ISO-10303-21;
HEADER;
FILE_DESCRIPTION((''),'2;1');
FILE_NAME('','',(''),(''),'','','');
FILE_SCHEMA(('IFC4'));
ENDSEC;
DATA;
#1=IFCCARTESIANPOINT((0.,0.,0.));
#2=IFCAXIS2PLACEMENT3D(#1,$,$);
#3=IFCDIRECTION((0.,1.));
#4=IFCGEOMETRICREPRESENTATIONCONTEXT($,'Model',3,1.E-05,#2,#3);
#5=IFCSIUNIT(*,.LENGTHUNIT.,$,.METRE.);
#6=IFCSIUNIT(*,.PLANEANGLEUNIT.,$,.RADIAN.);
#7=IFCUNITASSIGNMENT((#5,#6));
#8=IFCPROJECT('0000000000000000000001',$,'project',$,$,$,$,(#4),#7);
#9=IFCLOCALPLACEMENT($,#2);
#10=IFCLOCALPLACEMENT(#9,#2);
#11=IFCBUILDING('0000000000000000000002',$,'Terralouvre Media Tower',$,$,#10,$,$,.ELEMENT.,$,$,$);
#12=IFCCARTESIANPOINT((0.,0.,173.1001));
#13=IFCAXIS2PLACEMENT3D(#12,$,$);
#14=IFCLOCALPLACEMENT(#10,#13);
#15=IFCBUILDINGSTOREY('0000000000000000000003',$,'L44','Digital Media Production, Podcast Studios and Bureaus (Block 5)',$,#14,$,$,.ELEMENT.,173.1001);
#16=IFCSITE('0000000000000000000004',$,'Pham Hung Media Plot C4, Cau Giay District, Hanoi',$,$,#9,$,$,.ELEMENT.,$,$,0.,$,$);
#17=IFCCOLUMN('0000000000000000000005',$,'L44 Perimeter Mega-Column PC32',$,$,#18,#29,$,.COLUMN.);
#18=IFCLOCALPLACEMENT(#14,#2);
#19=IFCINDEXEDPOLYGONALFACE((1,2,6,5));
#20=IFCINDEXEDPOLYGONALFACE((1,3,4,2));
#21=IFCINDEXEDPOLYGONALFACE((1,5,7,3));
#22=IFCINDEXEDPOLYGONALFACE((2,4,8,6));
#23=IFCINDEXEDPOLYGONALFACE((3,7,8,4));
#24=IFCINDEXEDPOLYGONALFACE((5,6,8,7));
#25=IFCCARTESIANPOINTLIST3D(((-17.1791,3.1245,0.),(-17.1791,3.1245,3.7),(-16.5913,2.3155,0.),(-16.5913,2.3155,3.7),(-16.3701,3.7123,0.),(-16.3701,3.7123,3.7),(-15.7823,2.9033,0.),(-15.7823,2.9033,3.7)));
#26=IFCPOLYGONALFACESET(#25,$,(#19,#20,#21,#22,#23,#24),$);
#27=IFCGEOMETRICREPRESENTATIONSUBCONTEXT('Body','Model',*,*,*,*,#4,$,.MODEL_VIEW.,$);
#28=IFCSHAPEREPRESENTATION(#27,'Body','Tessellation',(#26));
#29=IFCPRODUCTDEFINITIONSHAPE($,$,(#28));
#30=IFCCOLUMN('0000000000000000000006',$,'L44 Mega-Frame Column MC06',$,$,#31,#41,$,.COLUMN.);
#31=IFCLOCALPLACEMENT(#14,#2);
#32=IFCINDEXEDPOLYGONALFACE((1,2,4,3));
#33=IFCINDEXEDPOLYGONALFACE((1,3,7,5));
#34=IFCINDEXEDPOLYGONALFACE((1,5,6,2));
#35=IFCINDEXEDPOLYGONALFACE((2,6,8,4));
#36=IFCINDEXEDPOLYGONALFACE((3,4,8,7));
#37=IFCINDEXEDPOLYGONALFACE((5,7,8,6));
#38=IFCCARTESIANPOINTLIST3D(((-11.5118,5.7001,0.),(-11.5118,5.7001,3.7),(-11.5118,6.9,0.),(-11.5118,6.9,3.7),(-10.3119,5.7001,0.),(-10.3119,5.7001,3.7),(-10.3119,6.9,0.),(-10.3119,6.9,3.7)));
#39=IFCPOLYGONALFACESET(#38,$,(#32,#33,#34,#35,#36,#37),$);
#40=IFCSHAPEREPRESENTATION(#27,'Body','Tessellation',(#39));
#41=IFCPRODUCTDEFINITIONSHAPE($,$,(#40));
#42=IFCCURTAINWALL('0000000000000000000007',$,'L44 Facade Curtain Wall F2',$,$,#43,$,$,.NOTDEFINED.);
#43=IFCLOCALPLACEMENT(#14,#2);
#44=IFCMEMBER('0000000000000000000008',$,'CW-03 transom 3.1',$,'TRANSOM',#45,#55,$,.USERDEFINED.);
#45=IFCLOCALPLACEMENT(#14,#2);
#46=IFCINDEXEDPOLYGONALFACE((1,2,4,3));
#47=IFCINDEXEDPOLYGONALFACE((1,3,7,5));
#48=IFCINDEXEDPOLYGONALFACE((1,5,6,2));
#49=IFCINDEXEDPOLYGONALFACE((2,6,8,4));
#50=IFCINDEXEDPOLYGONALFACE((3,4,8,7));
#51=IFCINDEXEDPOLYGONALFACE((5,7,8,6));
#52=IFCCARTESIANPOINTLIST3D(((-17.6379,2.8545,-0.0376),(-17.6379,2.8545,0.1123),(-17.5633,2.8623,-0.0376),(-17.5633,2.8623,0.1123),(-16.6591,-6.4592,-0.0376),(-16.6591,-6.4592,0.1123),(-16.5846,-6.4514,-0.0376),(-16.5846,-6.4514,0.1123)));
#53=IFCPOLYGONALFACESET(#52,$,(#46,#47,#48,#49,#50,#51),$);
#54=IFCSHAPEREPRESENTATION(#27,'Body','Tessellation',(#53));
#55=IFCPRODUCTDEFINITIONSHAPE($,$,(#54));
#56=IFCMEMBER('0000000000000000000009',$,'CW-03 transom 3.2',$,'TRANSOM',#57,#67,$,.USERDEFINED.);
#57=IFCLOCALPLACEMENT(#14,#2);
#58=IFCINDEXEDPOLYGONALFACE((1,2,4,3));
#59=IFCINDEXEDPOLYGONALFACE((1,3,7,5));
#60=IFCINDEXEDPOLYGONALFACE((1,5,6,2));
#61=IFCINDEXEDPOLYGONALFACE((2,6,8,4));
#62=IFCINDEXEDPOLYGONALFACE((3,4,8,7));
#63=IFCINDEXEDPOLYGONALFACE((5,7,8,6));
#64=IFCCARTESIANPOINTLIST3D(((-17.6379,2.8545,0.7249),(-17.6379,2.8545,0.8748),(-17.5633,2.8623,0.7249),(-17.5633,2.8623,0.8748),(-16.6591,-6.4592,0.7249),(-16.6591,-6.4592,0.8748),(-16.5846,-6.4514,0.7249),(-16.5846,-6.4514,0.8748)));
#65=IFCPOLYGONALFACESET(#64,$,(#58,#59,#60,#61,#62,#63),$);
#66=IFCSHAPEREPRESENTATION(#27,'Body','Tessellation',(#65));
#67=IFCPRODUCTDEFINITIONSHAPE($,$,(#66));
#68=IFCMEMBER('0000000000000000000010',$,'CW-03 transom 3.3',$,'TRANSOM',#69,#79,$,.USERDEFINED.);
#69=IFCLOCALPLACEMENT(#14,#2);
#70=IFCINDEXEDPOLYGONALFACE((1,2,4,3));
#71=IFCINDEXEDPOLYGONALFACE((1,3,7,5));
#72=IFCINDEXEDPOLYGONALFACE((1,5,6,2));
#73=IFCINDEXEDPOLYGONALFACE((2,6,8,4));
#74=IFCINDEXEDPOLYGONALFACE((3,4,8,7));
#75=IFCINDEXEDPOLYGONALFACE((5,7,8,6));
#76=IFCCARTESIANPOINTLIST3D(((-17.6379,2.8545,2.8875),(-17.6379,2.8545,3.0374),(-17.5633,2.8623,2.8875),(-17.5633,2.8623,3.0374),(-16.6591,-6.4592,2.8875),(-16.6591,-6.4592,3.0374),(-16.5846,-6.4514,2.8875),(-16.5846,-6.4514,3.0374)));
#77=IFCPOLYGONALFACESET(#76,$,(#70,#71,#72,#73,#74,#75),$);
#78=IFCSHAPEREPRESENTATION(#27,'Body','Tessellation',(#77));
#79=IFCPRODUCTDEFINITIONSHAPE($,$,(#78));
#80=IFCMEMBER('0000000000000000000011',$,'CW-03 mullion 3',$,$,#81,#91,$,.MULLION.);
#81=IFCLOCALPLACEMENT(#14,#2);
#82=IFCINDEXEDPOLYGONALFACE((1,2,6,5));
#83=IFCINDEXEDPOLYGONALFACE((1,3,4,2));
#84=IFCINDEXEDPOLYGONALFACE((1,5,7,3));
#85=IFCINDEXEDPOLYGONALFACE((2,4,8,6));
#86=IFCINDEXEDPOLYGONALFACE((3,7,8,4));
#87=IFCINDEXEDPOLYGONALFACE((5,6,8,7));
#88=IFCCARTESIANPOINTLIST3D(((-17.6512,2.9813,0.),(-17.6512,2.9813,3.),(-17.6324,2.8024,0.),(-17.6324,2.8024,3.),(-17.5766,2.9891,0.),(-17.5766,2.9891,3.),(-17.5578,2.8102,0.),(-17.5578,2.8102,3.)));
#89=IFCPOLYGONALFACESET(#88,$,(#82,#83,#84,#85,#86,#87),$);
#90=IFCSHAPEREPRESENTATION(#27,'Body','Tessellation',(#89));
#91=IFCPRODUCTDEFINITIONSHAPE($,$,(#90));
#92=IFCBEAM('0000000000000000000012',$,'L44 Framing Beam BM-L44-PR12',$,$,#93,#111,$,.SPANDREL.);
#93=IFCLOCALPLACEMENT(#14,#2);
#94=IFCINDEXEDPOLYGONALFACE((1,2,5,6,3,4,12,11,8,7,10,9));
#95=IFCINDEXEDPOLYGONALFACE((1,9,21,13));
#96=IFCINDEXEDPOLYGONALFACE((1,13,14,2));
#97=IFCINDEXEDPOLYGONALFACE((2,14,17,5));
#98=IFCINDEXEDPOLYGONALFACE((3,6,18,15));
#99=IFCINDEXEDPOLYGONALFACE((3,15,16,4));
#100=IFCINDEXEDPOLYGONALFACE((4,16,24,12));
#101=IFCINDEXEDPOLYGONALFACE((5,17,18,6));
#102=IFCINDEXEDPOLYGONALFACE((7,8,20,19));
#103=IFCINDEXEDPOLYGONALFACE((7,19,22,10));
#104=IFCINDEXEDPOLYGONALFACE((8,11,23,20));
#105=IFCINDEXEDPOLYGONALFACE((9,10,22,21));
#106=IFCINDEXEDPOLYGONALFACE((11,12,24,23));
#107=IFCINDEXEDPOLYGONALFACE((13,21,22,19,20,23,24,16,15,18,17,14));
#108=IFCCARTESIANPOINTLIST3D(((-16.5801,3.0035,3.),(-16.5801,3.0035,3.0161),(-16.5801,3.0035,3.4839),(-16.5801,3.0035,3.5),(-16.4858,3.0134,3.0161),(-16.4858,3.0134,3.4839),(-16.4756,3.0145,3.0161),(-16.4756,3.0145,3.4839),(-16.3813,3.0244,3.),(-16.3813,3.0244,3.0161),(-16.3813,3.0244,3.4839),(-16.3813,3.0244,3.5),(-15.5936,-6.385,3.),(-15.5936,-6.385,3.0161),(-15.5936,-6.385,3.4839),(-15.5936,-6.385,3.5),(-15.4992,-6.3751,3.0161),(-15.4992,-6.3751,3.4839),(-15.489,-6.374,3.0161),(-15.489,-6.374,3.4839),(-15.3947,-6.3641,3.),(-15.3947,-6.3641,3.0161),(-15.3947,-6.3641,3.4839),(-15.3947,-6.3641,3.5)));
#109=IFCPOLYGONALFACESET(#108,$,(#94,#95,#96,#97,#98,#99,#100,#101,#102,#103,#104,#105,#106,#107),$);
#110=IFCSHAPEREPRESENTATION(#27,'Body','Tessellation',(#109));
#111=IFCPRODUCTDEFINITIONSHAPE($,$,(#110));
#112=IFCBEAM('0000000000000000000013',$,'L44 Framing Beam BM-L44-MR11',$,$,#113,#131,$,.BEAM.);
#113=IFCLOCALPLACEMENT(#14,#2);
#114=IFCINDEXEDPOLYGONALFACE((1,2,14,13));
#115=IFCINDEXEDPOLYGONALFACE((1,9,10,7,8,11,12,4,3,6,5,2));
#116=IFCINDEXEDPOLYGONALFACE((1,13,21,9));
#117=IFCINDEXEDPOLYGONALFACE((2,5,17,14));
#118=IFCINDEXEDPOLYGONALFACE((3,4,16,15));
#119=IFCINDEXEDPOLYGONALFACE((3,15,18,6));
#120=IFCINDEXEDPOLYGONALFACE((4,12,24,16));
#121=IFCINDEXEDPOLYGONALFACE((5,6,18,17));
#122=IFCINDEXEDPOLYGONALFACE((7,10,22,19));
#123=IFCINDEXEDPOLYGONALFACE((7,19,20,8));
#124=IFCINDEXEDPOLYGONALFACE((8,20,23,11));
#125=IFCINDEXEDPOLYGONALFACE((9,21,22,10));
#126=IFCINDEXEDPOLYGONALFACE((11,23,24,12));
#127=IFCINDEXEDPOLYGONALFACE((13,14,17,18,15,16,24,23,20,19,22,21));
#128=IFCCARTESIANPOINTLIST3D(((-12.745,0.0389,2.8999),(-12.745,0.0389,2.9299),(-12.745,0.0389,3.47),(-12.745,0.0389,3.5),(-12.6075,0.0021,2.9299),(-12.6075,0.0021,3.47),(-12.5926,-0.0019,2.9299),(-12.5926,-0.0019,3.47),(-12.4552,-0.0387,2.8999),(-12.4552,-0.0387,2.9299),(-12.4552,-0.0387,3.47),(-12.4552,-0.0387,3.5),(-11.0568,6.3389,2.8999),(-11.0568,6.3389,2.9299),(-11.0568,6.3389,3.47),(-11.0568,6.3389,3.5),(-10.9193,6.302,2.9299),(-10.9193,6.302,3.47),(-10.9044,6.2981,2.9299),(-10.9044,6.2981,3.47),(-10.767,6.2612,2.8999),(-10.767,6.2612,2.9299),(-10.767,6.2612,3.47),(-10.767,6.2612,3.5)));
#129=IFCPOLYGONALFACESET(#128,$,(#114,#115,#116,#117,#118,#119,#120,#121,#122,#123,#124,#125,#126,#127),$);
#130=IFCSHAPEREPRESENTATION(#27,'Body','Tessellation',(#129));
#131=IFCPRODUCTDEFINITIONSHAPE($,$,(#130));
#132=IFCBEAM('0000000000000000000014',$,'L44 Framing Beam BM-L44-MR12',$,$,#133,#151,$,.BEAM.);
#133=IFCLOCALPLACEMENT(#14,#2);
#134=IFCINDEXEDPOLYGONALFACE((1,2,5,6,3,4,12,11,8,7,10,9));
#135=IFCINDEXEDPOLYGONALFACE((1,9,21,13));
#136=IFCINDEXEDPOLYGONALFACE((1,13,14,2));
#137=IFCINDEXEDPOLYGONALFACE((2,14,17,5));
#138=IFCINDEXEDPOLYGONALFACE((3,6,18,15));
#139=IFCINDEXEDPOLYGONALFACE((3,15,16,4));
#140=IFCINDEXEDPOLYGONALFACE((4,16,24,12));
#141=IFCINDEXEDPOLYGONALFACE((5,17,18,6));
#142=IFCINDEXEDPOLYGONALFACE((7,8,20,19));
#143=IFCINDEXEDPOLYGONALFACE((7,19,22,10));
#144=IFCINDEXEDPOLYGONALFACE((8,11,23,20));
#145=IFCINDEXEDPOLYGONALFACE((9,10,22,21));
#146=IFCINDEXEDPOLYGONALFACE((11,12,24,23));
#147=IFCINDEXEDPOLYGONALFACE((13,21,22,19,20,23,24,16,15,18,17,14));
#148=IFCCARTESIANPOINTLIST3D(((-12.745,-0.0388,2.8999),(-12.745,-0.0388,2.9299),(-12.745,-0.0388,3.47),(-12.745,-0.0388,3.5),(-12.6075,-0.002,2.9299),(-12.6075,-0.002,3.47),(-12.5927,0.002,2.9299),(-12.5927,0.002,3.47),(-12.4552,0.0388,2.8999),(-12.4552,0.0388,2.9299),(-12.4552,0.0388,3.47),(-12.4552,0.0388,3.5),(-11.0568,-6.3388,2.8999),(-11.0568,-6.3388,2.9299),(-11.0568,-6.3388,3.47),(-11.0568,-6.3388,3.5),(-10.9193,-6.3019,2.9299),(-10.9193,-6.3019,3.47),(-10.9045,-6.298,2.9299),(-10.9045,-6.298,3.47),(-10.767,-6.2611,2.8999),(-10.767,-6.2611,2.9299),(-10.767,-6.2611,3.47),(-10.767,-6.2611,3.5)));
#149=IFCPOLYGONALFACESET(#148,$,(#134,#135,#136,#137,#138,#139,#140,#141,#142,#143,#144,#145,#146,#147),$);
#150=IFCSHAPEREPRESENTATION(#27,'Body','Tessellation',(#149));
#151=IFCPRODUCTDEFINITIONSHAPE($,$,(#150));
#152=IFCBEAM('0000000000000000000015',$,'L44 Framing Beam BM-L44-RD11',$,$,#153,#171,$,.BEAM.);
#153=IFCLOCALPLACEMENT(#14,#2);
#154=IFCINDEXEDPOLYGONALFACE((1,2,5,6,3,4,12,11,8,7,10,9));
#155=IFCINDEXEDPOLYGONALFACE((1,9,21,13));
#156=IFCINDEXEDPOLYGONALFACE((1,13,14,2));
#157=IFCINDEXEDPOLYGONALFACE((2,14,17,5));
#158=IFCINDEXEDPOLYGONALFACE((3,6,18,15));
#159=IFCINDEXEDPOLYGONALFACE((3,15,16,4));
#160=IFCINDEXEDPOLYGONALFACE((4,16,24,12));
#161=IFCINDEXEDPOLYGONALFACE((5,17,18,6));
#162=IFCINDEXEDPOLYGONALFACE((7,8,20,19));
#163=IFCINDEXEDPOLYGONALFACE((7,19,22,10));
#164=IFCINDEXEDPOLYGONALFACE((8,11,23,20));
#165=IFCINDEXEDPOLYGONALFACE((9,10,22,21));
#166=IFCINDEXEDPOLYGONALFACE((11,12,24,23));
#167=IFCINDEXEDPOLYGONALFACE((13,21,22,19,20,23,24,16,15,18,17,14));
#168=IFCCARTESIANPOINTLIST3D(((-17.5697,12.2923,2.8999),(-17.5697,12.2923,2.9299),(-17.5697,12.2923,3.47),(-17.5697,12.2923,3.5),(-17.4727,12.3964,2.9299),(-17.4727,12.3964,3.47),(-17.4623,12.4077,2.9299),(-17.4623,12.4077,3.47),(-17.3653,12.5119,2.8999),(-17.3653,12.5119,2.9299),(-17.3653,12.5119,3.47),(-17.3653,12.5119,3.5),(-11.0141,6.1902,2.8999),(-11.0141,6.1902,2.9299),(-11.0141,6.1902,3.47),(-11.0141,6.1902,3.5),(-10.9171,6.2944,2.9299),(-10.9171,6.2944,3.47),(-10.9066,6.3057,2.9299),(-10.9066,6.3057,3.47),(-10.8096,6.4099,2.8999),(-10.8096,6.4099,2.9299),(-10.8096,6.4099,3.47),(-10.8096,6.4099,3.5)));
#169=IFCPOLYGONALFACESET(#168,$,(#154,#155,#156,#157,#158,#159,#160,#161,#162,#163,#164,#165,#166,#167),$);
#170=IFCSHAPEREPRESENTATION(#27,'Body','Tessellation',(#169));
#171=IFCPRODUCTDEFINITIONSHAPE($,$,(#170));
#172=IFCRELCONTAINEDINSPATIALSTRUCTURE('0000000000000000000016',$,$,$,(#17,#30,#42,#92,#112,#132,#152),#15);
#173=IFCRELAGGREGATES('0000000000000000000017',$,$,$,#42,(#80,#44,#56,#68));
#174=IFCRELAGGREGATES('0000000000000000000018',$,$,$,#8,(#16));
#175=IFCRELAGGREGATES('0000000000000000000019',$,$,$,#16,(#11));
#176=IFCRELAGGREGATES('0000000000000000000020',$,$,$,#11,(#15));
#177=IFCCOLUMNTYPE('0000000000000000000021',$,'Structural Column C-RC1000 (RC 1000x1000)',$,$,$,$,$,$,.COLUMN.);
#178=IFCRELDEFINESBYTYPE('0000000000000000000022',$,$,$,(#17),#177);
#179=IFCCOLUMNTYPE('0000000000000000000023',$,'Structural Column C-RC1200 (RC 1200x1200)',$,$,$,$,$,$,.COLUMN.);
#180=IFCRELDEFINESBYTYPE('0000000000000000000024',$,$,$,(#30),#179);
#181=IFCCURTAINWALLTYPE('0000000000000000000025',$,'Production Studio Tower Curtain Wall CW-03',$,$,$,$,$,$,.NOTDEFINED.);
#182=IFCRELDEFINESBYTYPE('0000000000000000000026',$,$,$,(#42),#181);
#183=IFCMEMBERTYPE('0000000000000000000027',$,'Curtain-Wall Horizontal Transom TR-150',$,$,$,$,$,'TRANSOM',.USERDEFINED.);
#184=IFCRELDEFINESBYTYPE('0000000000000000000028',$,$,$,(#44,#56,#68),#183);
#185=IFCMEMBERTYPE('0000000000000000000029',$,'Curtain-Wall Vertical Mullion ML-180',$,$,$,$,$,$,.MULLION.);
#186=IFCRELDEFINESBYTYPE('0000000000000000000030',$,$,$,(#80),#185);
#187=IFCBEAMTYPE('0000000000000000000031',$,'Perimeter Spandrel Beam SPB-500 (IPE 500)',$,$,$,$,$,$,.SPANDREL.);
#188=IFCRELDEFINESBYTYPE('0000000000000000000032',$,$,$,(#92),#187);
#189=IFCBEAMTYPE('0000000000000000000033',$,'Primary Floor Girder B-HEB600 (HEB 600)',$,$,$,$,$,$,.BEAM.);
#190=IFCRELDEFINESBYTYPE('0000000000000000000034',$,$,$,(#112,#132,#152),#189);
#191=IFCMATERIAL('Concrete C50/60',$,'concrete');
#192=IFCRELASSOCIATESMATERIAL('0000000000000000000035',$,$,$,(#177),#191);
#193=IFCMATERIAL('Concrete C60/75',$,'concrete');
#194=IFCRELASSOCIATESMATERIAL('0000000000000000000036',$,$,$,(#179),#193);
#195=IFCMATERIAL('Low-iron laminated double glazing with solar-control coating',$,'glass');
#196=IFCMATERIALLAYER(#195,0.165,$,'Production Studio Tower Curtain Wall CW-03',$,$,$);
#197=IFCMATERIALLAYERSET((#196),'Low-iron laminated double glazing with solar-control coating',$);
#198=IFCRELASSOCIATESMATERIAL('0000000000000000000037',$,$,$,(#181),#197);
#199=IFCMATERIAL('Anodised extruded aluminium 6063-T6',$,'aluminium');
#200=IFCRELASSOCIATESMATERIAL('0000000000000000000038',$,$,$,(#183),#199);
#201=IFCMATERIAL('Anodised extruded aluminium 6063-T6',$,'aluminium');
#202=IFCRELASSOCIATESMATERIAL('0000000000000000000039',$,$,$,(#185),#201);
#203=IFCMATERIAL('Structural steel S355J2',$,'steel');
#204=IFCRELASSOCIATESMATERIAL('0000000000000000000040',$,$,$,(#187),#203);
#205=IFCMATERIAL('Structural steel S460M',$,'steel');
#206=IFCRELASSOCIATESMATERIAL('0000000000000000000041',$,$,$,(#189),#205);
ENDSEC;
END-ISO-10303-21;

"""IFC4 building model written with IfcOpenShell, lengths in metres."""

from ifc_helpers import new_model, si_unit, direction, frame, origin, origin_2d, place, context, subcontext, project, spatial, rectangle, i_section, extrude, material, layer, layer_set, material_profile, profile_set, type_object, element, aggregate, save


model = new_model("IFC4")

# Units and contexts
model_context = context("Model", 3, precision=1e-05, world=origin(), true_north=direction((0.0, 1.0)))
body_context = subcontext(model_context, "Body", "Model", "MODEL_VIEW")
ifc_project = project(units=[si_unit("LENGTHUNIT", "METRE"), si_unit("PLANEANGLEUNIT", "RADIAN")], contexts=[model_context])

# Site, building, storey
site_placement = place(None, origin())
site = spatial("IfcSite", under=ifc_project, at=site_placement, Name="Pham Hung Media Plot C4, Cau Giay District, Hanoi", CompositionType="ELEMENT", RefElevation=0.0)
building_placement = place(site_placement, origin())
building = spatial("IfcBuilding", under=site, at=building_placement, Name="Terralouvre Media Tower", CompositionType="ELEMENT")
storey_placement = place(building_placement, frame((0.0, 0.0, 173.1001)))
storey = spatial("IfcBuildingStorey", under=building, at=storey_placement, Name="L44", Description="Digital Media Production, Podcast Studios and Bureaus (Block 5)", CompositionType="ELEMENT", Elevation=173.1001)

# Columns
ifc_material_1 = material(Name="Concrete C50/60", Category="concrete")
ifc_material_profile_1 = material_profile(ifc_material_1, rectangle(XDim=1.0, YDim=1.0, at=origin_2d()), Name="RC 1000x1000")
ifc_profile_set_1 = profile_set([ifc_material_profile_1], Name="Concrete C50/60")
column_type_1 = type_object("IfcColumnType", Name="Structural Column C-RC1000 (RC 1000x1000)", PredefinedType="COLUMN", material=ifc_profile_set_1)
column_1_placement = place(storey_placement, frame((-16.4807, 3.0139, 0.0), z_axis=(0.0, 0.0, 1.0), x_axis=(0.809017, 0.587785, 0.0)))
element("IfcColumn", 1, at=column_1_placement, inside=storey, type_object=column_type_1, Name="L44 Perimeter Mega-Column PC32", PredefinedType="COLUMN", context=body_context, shape_type="SweptSolid", body=[
    extrude(rectangle(XDim=1.0, YDim=1.0, at=origin_2d()), origin(), (0.0, 0.0, 1.0), 3.7),
])
ifc_material_2 = material(Name="Concrete C60/75", Category="concrete")
ifc_material_profile_2 = material_profile(ifc_material_2, rectangle(XDim=1.2, YDim=1.2, at=origin_2d()), Name="RC 1200x1200")
ifc_profile_set_2 = profile_set([ifc_material_profile_2], Name="Concrete C60/75")
column_type_2 = type_object("IfcColumnType", Name="Structural Column C-RC1200 (RC 1200x1200)", PredefinedType="COLUMN", material=ifc_profile_set_2)
column_2_placement = place(storey_placement, frame((-10.9119, 6.3, 0.0), z_axis=(0.0, 0.0, 1.0), x_axis=(1.0, 0.0, 0.0)))
element("IfcColumn", 2, at=column_2_placement, inside=storey, type_object=column_type_2, Name="L44 Mega-Frame Column MC06", PredefinedType="COLUMN", context=body_context, shape_type="SweptSolid", body=[
    extrude(rectangle(XDim=1.2, YDim=1.2, at=origin_2d()), origin(), (0.0, 0.0, 1.0), 3.7),
])

# Curtain wall, members
ifc_material_3 = material(Name="Low-iron laminated double glazing with solar-control coating", Category="glass")
ifc_layer_1 = layer(ifc_material_3, 0.165, Name="Production Studio Tower Curtain Wall CW-03")
ifc_layer_set_1 = layer_set([ifc_layer_1], Name="Low-iron laminated double glazing with solar-control coating")
curtain_wall_type = type_object("IfcCurtainWallType", Name="Production Studio Tower Curtain Wall CW-03", PredefinedType="NOTDEFINED", material=ifc_layer_set_1)
curtain_wall_placement = place(storey_placement, origin())
curtain_wall = element("IfcCurtainWall", 3, at=curtain_wall_placement, inside=storey, type_object=curtain_wall_type, Name="L44 Facade Curtain Wall F2", PredefinedType="NOTDEFINED")
ifc_material_4 = material(Name="Anodised extruded aluminium 6063-T6", Category="aluminium")
ifc_material_profile_3 = material_profile(ifc_material_4, rectangle(XDim=0.075, YDim=0.1499, at=origin_2d()), Name="ALU 75x150")
ifc_profile_set_3 = profile_set([ifc_material_profile_3], Name="Anodised extruded aluminium 6063-T6")
member_type_1 = type_object("IfcMemberType", Name="Curtain-Wall Horizontal Transom TR-150", ElementType="TRANSOM", PredefinedType="USERDEFINED", material=ifc_profile_set_3)
member_1_placement = place(storey_placement, frame((-17.6006, 2.8584, 0.0374), z_axis=(0.104512, -0.994524, 0.0), x_axis=(0.994524, 0.104512, 0.0)))
member_1 = element("IfcMember", 4, at=member_1_placement, type_object=member_type_1, Name="CW-03 transom 3.1", ObjectType="TRANSOM", PredefinedType="USERDEFINED", context=body_context, shape_type="SweptSolid", body=[
    extrude(rectangle(XDim=0.075, YDim=0.1499, at=origin_2d()), origin(), (0.0, 0.0, 1.0), 9.365),
])
member_2_placement = place(storey_placement, frame((-17.6006, 2.8584, 0.7998), z_axis=(0.104512, -0.994524, 0.0), x_axis=(0.994524, 0.104512, 0.0)))
member_2 = element("IfcMember", 5, at=member_2_placement, type_object=member_type_1, Name="CW-03 transom 3.2", ObjectType="TRANSOM", PredefinedType="USERDEFINED", context=body_context, shape_type="SweptSolid", body=[
    extrude(rectangle(XDim=0.075, YDim=0.1499, at=origin_2d()), origin(), (0.0, 0.0, 1.0), 9.365),
])
member_3_placement = place(storey_placement, frame((-17.6006, 2.8584, 2.9624), z_axis=(0.104512, -0.994524, 0.0), x_axis=(0.994524, 0.104512, 0.0)))
member_3 = element("IfcMember", 6, at=member_3_placement, type_object=member_type_1, Name="CW-03 transom 3.3", ObjectType="TRANSOM", PredefinedType="USERDEFINED", context=body_context, shape_type="SweptSolid", body=[
    extrude(rectangle(XDim=0.075, YDim=0.1499, at=origin_2d()), origin(), (0.0, 0.0, 1.0), 9.365),
])
ifc_material_5 = material(Name="Anodised extruded aluminium 6063-T6", Category="aluminium")
ifc_material_profile_4 = material_profile(ifc_material_5, rectangle(XDim=0.075, YDim=0.1799, at=origin_2d()), Name="ALU 75x180")
ifc_profile_set_4 = profile_set([ifc_material_profile_4], Name="Anodised extruded aluminium 6063-T6")
member_type_2 = type_object("IfcMemberType", Name="Curtain-Wall Vertical Mullion ML-180", PredefinedType="MULLION", material=ifc_profile_set_4)
member_4_placement = place(storey_placement, frame((-17.6045, 2.8958, 0.0), z_axis=(0.0, 0.0, 1.0), x_axis=(0.994522, 0.104528, 0.0)))
member_4 = element("IfcMember", 7, at=member_4_placement, type_object=member_type_2, Name="CW-03 mullion 3", PredefinedType="MULLION", context=body_context, shape_type="SweptSolid", body=[
    extrude(rectangle(XDim=0.075, YDim=0.1799, at=origin_2d()), origin(), (0.0, 0.0, 1.0), 3.0),
])

# Beams
ifc_material_6 = material(Name="Structural steel S355J2", Category="steel")
ifc_material_profile_5 = material_profile(ifc_material_6, i_section(OverallWidth=0.2, OverallDepth=0.5, WebThickness=0.0103, FlangeThickness=0.0161, at=origin_2d()), Name="IPE 500")
ifc_profile_set_5 = profile_set([ifc_material_profile_5], Name="Structural steel S355J2")
beam_type_1 = type_object("IfcBeamType", Name="Perimeter Spandrel Beam SPB-500 (IPE 500)", PredefinedType="SPANDREL", material=ifc_profile_set_5)
beam_1_placement = place(storey_placement, frame((-16.4807, 3.0139, 3.25), z_axis=(0.104508, -0.994524, 0.0), x_axis=(0.994524, 0.104508, 0.0)))
element("IfcBeam", 8, at=beam_1_placement, inside=storey, type_object=beam_type_1, Name="L44 Framing Beam BM-L44-PR12", PredefinedType="SPANDREL", context=body_context, shape_type="SweptSolid", body=[
    extrude(i_section(OverallWidth=0.2, OverallDepth=0.5, WebThickness=0.0103, FlangeThickness=0.0161, at=origin_2d()), origin(), (0.0, 0.0, 1.0), 9.4402),
])
ifc_material_7 = material(Name="Structural steel S460M", Category="steel")
ifc_material_profile_6 = material_profile(ifc_material_7, i_section(OverallWidth=0.3, OverallDepth=0.6001, WebThickness=0.0154, FlangeThickness=0.03, at=origin_2d()), Name="HEB 600")
ifc_profile_set_6 = profile_set([ifc_material_profile_6], Name="Structural steel S460M")
beam_type_2 = type_object("IfcBeamType", Name="Primary Floor Girder B-HEB600 (HEB 600)", PredefinedType="BEAM", material=ifc_profile_set_6)
for number, where, z_axis, x_axis, name in (
    (9, (-10.9119, 6.3, 3.2), (-0.258839, -0.96592, 0.0), (0.96592, -0.258839, 0.0), "L44 Framing Beam BM-L44-MR11"),
    (10, (-12.6001, 0.0, 3.2), (0.258839, -0.96592, 0.0), (0.96592, 0.258839, 0.0), "L44 Framing Beam BM-L44-MR12"),
):
    element("IfcBeam", number, at=place(storey_placement, frame(where, z_axis=z_axis, x_axis=x_axis)), inside=storey, type_object=beam_type_2, Name=name, PredefinedType="BEAM", context=body_context, shape_type="SweptSolid", body=[
        extrude(i_section(OverallWidth=0.3, OverallDepth=0.6001, WebThickness=0.0154, FlangeThickness=0.03, at=origin_2d()), origin(), (0.0, 0.0, 1.0), 6.5222),
    ])
beam_2_placement = place(storey_placement, frame((-10.9119, 6.3, 3.2), z_axis=(-0.731977, 0.681329, 0.0), x_axis=(-0.681329, -0.731977, 0.0)))
element("IfcBeam", 11, at=beam_2_placement, inside=storey, type_object=beam_type_2, Name="L44 Framing Beam BM-L44-RD11", PredefinedType="BEAM", context=body_context, shape_type="SweptSolid", body=[
    extrude(i_section(OverallWidth=0.3, OverallDepth=0.6001, WebThickness=0.0154, FlangeThickness=0.03, at=origin_2d()), origin(), (0.0, 0.0, 1.0), 8.9561),
])

aggregate(curtain_wall, [member_4, member_1, member_2, member_3])

save(model, "model.ifc")
